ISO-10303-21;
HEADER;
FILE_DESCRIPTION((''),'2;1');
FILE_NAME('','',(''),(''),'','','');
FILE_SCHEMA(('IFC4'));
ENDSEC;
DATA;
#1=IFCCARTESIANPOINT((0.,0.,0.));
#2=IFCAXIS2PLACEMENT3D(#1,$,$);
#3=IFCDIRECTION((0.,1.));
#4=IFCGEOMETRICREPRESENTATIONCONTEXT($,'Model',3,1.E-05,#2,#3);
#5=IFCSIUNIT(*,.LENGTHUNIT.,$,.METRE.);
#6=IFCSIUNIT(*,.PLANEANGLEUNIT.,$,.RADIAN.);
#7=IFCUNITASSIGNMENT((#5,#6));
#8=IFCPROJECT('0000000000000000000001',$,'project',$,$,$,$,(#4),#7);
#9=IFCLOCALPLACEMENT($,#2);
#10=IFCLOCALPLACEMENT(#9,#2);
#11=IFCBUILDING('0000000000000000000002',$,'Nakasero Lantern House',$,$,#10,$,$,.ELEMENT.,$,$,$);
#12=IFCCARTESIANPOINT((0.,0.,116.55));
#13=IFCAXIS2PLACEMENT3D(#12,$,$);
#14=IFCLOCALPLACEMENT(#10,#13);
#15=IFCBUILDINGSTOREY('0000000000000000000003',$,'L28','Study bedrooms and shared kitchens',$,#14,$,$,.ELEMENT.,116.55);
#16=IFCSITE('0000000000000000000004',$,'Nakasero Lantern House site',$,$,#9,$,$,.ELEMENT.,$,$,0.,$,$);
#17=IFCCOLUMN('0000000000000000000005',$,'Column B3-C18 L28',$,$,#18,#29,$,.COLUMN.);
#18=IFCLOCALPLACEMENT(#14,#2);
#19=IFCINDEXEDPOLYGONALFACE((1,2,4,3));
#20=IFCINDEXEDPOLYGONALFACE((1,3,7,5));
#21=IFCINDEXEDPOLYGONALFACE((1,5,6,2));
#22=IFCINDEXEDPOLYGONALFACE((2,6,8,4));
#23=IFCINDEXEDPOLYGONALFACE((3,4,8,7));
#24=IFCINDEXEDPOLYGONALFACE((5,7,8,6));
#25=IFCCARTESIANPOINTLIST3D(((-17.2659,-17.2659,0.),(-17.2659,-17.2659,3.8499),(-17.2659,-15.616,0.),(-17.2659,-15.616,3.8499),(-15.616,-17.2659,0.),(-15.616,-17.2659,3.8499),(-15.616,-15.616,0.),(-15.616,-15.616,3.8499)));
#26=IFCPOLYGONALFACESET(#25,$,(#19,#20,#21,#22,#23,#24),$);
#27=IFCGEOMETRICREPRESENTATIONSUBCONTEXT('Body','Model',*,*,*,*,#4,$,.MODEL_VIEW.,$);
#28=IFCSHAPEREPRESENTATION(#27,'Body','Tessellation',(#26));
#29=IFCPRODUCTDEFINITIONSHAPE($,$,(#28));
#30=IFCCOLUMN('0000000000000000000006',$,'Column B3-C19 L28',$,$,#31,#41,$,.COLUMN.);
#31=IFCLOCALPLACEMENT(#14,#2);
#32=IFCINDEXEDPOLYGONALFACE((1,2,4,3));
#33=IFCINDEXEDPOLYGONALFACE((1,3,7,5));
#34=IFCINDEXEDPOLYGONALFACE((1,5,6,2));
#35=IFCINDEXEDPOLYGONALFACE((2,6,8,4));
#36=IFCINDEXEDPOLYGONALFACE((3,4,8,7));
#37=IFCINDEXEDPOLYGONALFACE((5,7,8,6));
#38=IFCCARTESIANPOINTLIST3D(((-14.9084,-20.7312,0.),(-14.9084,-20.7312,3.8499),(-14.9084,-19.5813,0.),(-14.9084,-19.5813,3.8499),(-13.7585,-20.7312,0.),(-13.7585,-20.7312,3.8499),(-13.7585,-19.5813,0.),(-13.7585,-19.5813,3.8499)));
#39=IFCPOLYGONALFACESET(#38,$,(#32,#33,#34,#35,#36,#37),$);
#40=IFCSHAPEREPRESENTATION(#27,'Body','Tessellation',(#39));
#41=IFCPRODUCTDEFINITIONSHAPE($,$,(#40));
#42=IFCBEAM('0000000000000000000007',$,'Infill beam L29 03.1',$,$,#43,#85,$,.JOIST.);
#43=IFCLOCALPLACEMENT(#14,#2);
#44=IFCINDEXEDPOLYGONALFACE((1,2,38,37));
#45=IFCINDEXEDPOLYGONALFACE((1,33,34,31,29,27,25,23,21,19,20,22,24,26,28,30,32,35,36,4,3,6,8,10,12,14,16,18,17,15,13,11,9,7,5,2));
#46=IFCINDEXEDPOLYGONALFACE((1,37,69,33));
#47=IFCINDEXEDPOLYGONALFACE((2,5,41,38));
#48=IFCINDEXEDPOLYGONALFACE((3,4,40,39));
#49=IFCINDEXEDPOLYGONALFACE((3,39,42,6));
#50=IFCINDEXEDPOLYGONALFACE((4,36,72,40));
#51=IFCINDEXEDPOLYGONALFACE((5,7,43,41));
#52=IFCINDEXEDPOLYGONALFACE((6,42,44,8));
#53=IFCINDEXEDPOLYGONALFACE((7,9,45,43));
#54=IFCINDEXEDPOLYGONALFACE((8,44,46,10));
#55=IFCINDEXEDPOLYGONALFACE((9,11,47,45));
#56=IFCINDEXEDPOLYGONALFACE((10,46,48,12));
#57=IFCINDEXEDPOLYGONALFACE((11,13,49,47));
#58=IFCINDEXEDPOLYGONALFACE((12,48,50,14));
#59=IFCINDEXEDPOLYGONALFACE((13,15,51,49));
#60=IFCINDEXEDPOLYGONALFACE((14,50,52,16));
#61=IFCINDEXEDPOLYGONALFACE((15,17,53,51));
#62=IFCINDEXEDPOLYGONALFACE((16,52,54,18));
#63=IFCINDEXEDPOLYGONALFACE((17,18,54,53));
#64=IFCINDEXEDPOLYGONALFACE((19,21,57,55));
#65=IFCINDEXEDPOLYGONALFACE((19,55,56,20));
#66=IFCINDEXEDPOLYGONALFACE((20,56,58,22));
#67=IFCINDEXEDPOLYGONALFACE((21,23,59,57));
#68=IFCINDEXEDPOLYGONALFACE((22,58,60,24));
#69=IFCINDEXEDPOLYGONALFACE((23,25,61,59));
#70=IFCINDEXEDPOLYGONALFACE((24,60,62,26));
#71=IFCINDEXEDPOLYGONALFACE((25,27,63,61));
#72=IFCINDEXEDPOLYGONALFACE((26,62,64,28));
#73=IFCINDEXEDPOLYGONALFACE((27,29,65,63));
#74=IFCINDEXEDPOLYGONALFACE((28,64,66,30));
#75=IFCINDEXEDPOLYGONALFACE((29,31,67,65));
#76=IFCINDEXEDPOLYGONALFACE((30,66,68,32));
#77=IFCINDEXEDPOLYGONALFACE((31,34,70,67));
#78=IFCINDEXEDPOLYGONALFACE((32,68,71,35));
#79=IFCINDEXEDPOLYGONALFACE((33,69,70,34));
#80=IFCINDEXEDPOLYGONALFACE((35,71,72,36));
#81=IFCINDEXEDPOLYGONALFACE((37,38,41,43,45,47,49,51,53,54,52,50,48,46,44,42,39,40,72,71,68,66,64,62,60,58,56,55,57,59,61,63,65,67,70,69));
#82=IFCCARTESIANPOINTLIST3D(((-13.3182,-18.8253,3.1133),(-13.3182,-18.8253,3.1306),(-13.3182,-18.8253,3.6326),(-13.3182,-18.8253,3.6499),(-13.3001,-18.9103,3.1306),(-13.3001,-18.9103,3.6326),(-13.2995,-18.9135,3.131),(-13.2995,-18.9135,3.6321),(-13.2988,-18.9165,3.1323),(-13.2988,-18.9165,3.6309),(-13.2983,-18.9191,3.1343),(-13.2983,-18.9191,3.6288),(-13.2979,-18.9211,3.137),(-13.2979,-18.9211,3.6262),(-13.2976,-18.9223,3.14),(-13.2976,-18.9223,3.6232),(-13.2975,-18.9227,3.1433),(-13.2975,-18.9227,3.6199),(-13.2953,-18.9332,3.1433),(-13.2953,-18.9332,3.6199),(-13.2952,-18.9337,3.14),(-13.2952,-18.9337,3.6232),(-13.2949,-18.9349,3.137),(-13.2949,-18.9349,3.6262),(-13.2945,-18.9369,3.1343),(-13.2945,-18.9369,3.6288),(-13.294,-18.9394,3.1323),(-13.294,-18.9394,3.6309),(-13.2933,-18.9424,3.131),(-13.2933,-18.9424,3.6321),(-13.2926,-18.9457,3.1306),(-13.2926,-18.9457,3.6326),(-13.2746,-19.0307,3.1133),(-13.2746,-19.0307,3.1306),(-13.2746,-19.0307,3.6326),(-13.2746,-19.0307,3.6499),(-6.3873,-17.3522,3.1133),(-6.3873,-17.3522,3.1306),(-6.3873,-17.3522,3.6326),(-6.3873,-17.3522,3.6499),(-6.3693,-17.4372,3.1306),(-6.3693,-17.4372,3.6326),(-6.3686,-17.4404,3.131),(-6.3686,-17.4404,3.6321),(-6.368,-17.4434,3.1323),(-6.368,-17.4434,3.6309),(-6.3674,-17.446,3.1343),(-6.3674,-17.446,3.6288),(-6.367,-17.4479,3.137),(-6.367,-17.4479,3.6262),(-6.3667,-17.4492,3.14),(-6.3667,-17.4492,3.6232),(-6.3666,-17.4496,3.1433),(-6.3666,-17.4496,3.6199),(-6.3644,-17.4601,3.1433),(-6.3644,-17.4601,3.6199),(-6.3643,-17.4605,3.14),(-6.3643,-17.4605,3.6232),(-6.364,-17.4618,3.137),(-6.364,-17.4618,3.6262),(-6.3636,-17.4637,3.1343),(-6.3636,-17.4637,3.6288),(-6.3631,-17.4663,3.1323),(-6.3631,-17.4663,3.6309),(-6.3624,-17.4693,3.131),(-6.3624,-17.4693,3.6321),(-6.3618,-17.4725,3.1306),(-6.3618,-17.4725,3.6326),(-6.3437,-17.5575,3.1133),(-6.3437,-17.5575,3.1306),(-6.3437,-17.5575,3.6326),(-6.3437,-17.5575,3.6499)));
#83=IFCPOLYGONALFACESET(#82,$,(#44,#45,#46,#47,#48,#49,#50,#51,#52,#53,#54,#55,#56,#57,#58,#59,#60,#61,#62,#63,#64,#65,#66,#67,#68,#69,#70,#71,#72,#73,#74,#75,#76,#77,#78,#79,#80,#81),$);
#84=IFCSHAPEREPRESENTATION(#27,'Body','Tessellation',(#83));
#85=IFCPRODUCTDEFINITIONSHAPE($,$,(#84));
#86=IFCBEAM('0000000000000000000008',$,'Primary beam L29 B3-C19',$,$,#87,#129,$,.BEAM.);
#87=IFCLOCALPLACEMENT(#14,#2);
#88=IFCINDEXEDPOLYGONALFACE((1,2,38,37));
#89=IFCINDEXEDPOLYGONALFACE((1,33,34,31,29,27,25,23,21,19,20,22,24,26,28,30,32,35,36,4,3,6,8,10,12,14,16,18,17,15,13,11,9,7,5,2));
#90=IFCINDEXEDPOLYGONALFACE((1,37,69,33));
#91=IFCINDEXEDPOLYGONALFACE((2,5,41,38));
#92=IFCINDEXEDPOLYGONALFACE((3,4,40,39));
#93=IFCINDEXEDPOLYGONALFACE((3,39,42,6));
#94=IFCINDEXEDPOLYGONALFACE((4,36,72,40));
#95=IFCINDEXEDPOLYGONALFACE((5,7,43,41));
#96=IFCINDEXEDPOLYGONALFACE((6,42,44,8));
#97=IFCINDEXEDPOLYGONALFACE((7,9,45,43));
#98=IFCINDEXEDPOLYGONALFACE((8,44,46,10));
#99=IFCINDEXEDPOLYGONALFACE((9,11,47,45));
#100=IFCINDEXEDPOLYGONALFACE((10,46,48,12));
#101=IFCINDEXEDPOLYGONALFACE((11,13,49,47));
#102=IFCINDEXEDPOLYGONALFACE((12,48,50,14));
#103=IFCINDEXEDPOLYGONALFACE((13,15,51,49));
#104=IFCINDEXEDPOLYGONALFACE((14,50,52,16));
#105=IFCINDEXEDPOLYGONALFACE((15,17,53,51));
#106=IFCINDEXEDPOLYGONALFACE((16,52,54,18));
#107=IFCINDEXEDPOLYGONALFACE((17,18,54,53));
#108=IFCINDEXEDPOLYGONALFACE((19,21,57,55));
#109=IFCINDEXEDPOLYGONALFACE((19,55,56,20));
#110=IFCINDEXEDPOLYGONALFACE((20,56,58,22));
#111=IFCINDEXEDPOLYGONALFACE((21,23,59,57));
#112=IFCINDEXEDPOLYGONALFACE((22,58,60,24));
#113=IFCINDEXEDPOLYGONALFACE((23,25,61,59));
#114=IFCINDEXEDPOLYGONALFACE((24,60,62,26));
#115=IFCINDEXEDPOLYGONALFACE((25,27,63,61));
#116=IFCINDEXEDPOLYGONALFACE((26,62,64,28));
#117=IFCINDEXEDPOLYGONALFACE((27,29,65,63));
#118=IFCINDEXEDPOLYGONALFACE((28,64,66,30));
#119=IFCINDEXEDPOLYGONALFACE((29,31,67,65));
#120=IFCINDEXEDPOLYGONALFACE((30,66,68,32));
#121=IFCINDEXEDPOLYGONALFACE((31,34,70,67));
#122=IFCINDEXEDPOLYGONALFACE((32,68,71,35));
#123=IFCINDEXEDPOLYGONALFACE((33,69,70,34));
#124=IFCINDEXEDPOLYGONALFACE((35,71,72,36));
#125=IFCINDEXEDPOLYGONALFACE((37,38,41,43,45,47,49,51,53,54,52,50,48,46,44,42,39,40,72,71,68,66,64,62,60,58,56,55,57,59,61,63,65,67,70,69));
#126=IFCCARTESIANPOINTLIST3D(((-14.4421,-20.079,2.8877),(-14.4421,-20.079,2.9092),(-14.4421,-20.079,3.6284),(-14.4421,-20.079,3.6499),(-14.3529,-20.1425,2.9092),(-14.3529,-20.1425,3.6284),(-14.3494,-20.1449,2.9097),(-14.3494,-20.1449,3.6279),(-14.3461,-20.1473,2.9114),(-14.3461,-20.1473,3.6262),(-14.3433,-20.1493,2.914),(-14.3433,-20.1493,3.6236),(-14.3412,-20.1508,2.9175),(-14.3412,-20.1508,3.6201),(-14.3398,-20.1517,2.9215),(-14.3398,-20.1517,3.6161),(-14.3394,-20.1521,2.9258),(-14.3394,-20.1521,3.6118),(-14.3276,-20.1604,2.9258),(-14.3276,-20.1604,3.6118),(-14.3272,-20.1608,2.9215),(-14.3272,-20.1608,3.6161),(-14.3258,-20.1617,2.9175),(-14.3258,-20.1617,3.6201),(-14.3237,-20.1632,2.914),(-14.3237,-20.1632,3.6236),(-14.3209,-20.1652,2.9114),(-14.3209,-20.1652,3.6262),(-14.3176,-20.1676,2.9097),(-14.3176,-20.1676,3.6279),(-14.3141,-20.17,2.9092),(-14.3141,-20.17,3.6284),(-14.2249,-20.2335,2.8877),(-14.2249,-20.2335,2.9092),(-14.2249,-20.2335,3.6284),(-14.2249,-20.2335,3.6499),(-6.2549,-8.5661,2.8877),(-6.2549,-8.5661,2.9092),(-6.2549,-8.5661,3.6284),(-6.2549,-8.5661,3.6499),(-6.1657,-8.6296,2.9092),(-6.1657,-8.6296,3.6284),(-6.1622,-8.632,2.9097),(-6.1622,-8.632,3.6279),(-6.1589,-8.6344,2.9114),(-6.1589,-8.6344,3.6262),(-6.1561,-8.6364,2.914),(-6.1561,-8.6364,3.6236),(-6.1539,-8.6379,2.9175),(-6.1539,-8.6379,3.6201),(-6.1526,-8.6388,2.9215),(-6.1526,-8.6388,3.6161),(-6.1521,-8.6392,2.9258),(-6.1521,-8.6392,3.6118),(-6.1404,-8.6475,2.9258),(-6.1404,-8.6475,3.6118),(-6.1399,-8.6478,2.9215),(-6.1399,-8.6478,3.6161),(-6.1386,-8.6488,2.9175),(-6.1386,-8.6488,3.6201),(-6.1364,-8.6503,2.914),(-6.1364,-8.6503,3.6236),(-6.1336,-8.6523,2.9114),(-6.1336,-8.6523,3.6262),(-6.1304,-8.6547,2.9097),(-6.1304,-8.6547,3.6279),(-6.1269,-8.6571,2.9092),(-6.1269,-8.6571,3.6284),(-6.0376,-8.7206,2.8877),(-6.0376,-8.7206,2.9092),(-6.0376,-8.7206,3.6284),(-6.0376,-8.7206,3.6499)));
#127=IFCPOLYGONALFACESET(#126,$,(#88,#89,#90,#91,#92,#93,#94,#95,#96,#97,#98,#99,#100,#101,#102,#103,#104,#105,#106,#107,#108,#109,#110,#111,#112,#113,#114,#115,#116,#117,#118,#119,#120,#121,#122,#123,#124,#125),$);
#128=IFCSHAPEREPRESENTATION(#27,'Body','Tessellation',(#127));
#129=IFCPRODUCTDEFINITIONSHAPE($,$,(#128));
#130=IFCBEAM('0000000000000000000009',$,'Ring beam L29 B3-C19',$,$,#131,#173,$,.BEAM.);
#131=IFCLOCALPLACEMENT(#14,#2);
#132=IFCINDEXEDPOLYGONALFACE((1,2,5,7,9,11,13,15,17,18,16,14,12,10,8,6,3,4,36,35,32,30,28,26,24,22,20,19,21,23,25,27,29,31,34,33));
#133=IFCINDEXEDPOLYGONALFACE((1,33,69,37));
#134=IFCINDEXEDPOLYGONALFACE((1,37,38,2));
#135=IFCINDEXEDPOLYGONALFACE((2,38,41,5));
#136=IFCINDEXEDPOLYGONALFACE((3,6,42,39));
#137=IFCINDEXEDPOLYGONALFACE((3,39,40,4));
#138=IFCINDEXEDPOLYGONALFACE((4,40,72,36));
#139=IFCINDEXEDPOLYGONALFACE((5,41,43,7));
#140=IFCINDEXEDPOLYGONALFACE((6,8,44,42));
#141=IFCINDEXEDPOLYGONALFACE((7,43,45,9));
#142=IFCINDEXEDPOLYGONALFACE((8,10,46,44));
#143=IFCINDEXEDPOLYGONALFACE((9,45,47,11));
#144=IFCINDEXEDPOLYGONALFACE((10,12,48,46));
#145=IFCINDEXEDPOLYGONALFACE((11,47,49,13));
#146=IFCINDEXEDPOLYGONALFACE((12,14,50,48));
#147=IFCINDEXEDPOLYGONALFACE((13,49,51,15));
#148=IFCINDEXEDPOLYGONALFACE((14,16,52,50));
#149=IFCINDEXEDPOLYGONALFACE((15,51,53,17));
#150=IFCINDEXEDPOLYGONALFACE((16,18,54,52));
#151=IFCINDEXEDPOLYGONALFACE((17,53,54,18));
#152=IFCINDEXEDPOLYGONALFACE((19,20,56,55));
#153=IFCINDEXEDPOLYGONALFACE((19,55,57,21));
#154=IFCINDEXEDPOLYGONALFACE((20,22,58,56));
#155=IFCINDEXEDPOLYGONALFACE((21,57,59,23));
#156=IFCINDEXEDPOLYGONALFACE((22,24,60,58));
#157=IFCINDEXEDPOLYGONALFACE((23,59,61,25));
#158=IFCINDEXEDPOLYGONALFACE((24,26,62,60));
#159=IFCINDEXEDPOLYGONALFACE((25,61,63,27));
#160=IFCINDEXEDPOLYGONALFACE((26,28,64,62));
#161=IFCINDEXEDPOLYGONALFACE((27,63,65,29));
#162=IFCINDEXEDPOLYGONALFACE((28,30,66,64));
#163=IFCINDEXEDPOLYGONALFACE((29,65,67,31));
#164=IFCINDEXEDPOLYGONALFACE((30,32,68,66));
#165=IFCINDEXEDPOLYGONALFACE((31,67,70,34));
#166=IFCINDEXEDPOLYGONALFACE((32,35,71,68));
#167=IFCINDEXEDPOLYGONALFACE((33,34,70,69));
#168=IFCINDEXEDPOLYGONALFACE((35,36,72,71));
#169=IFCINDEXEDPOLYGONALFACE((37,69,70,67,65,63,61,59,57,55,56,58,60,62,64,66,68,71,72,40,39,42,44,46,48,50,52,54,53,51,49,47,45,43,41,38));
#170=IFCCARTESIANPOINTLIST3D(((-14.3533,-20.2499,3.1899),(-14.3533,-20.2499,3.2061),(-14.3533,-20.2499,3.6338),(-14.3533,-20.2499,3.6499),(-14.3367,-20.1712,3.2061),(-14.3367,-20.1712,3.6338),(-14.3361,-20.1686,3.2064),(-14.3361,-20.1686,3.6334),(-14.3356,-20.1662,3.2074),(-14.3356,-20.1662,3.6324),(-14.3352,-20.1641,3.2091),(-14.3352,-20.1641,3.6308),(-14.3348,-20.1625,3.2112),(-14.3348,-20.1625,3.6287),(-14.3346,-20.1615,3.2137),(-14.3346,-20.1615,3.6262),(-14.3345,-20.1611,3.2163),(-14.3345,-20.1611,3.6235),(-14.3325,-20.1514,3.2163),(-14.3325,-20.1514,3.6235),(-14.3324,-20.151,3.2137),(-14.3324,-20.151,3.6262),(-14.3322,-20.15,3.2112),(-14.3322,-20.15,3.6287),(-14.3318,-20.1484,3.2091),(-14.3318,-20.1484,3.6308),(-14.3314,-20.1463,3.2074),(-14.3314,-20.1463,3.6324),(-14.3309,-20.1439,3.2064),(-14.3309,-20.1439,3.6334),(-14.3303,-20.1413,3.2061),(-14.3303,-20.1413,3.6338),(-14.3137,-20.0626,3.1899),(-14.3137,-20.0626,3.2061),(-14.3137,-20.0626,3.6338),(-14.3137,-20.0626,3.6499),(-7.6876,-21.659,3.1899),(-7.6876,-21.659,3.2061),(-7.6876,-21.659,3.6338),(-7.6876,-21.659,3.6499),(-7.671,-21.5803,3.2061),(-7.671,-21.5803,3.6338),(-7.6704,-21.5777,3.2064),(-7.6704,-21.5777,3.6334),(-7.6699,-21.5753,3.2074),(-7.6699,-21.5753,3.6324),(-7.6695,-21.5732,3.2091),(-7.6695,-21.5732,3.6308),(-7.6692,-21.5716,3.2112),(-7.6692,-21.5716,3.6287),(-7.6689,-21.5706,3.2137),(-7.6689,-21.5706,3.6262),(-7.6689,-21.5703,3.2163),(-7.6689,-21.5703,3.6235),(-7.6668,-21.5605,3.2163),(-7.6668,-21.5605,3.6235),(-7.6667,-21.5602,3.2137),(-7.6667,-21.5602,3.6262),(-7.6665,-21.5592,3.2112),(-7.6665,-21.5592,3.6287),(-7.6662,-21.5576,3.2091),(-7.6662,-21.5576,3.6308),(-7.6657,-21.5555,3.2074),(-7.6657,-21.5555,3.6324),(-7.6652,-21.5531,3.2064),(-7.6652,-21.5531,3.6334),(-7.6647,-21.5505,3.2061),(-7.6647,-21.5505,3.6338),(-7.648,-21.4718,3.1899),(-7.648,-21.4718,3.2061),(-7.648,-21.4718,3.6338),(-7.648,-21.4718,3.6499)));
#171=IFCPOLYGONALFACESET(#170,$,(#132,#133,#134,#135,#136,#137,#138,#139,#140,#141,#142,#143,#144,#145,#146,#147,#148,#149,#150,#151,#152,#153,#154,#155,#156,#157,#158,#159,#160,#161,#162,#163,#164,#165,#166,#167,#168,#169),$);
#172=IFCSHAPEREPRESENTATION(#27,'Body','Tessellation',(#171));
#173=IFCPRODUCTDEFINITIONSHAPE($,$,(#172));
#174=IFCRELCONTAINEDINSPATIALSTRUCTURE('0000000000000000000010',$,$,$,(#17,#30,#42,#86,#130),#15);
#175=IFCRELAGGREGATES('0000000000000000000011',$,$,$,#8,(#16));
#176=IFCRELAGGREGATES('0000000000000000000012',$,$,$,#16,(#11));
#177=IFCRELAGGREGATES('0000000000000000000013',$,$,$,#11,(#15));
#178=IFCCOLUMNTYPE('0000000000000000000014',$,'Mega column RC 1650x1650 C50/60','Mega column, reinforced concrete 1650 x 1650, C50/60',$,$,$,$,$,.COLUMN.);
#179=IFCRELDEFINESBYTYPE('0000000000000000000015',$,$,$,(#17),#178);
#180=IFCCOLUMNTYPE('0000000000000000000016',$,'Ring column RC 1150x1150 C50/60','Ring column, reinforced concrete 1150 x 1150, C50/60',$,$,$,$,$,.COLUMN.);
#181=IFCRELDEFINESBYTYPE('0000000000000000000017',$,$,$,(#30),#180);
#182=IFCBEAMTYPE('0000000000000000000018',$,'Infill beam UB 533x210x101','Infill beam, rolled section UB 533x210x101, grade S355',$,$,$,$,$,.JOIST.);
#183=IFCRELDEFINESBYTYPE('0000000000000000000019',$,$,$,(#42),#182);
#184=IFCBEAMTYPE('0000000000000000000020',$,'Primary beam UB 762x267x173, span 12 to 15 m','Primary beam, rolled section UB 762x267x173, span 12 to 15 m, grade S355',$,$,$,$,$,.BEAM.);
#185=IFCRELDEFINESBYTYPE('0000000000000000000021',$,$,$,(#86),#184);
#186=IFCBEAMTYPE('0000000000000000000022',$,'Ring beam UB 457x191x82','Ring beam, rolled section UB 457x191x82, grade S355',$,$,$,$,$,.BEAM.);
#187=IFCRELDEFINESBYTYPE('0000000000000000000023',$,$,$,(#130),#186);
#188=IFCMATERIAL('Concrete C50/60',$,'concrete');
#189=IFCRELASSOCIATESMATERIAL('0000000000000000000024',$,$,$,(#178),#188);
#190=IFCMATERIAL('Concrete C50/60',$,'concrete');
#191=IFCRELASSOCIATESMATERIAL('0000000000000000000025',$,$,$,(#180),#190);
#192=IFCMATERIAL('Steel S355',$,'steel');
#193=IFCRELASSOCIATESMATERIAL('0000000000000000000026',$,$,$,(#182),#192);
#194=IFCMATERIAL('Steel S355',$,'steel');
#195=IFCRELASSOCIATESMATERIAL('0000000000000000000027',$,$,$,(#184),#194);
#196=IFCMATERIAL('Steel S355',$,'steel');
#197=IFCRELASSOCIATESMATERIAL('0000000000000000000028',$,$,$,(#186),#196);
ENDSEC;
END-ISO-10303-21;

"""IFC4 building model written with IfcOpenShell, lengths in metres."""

from ifc_helpers import new_model, si_unit, direction, frame, origin, origin_2d, place, context, subcontext, project, spatial, rectangle, i_section, extrude, material, material_profile, profile_set, type_object, element, save


model = new_model("IFC4")

# Units and contexts
model_context = context("Model", 3, precision=1e-05, world=origin(), true_north=direction((0.0, 1.0)))
body_context = subcontext(model_context, "Body", "Model", "MODEL_VIEW")
ifc_project = project(units=[si_unit("LENGTHUNIT", "METRE"), si_unit("PLANEANGLEUNIT", "RADIAN")], contexts=[model_context])

# Site, building, storey
site_placement = place(None, origin())
site = spatial("IfcSite", under=ifc_project, at=site_placement, Name="Nakasero Lantern House site", CompositionType="ELEMENT", RefElevation=0.0)
building_placement = place(site_placement, origin())
building = spatial("IfcBuilding", under=site, at=building_placement, Name="Nakasero Lantern House", CompositionType="ELEMENT")
storey_placement = place(building_placement, frame((0.0, 0.0, 116.55)))
storey = spatial("IfcBuildingStorey", under=building, at=storey_placement, Name="L28", Description="Study bedrooms and shared kitchens", CompositionType="ELEMENT", Elevation=116.55)

# Columns
ifc_material_1 = material(Name="Concrete C50/60", Category="concrete")
ifc_material_profile_1 = material_profile(ifc_material_1, rectangle(XDim=1.6499, YDim=1.6499, at=origin_2d()), Name="RC 1650x1650")
ifc_profile_set_1 = profile_set([ifc_material_profile_1], Name="Concrete C50/60")
column_type_1 = type_object("IfcColumnType", Name="Mega column RC 1650x1650 C50/60", Description="Mega column, reinforced concrete 1650 x 1650, C50/60", PredefinedType="COLUMN", material=ifc_profile_set_1)
column_1_placement = place(storey_placement, frame((-16.4409, -16.4409, 0.0), z_axis=(0.0, 0.0, 1.0), x_axis=(1.0, 0.0, 0.0)))
element("IfcColumn", 1, at=column_1_placement, inside=storey, type_object=column_type_1, Name="Column B3-C18 L28", PredefinedType="COLUMN", context=body_context, shape_type="SweptSolid", body=[
    extrude(rectangle(XDim=1.6499, YDim=1.6499, at=origin_2d()), origin(), (0.0, 0.0, 1.0), 3.8499),
])
ifc_material_2 = material(Name="Concrete C50/60", Category="concrete")
ifc_material_profile_2 = material_profile(ifc_material_2, rectangle(XDim=1.1499, YDim=1.1499, at=origin_2d()), Name="RC 1150x1150")
ifc_profile_set_2 = profile_set([ifc_material_profile_2], Name="Concrete C50/60")
column_type_2 = type_object("IfcColumnType", Name="Ring column RC 1150x1150 C50/60", Description="Ring column, reinforced concrete 1150 x 1150, C50/60", PredefinedType="COLUMN", material=ifc_profile_set_2)
column_2_placement = place(storey_placement, frame((-14.3335, -20.1562, 0.0), z_axis=(0.0, 0.0, 1.0), x_axis=(1.0, 0.0, 0.0)))
element("IfcColumn", 2, at=column_2_placement, inside=storey, type_object=column_type_2, Name="Column B3-C19 L28", PredefinedType="COLUMN", context=body_context, shape_type="SweptSolid", body=[
    extrude(rectangle(XDim=1.1499, YDim=1.1499, at=origin_2d()), origin(), (0.0, 0.0, 1.0), 3.8499),
])

# Beams
ifc_material_3 = material(Name="Steel S355", Category="steel")
ifc_material_profile_3 = material_profile(ifc_material_3, i_section(OverallWidth=0.21, OverallDepth=0.5366, WebThickness=0.0107, FlangeThickness=0.0173, FilletRadius=0.0127, at=origin_2d()), Name="UB 533x210x101")
ifc_profile_set_3 = profile_set([ifc_material_profile_3], Name="Steel S355")
beam_type_1 = type_object("IfcBeamType", Name="Infill beam UB 533x210x101", Description="Infill beam, rolled section UB 533x210x101, grade S355", PredefinedType="JOIST", material=ifc_profile_set_3)
beam_1_placement = place(storey_placement, frame((-13.2964, -18.928, 3.3816), z_axis=(0.978149, 0.207903, 0.0), x_axis=(-0.207903, 0.978149, 0.0)))
element("IfcBeam", 3, at=beam_1_placement, inside=storey, type_object=beam_type_1, Name="Infill beam L29 03.1", PredefinedType="JOIST", context=body_context, shape_type="SweptSolid", body=[
    extrude(i_section(OverallWidth=0.21, OverallDepth=0.5366, WebThickness=0.0107, FlangeThickness=0.0173, FilletRadius=0.0127, at=origin_2d()), origin(), (0.0, 0.0, 1.0), 7.0857),
])
ifc_material_4 = material(Name="Steel S355", Category="steel")
ifc_material_profile_4 = material_profile(ifc_material_4, i_section(OverallWidth=0.2666, OverallDepth=0.7622, WebThickness=0.0144, FlangeThickness=0.0215, FilletRadius=0.0166, at=origin_2d()), Name="UB 762x267x173")
ifc_profile_set_4 = profile_set([ifc_material_profile_4], Name="Steel S355")
beam_type_2 = type_object("IfcBeamType", Name="Primary beam UB 762x267x173, span 12 to 15 m", Description="Primary beam, rolled section UB 762x267x173, span 12 to 15 m, grade S355", PredefinedType="BEAM", material=ifc_profile_set_4)
beam_2_placement = place(storey_placement, frame((-14.3335, -20.1562, 3.2688), z_axis=(0.579537, 0.814946, 0.0), x_axis=(-0.814946, 0.579537, 0.0)))
element("IfcBeam", 4, at=beam_2_placement, inside=storey, type_object=beam_type_2, Name="Primary beam L29 B3-C19", PredefinedType="BEAM", context=body_context, shape_type="SweptSolid", body=[
    extrude(i_section(OverallWidth=0.2666, OverallDepth=0.7622, WebThickness=0.0144, FlangeThickness=0.0215, FilletRadius=0.0166, at=origin_2d()), origin(), (0.0, 0.0, 1.0), 14.1272),
])
ifc_material_5 = material(Name="Steel S355", Category="steel")
ifc_material_profile_5 = material_profile(ifc_material_5, i_section(OverallWidth=0.1914, OverallDepth=0.46, WebThickness=0.01, FlangeThickness=0.0161, FilletRadius=0.0103, at=origin_2d()), Name="UB 457x191x82")
ifc_profile_set_5 = profile_set([ifc_material_profile_5], Name="Steel S355")
beam_type_3 = type_object("IfcBeamType", Name="Ring beam UB 457x191x82", Description="Ring beam, rolled section UB 457x191x82, grade S355", PredefinedType="BEAM", material=ifc_profile_set_5)
beam_3_placement = place(storey_placement, frame((-14.3335, -20.1562, 3.4199), z_axis=(0.978376, -0.206834, 0.0), x_axis=(0.206834, 0.978376, 0.0)))
element("IfcBeam", 5, at=beam_3_placement, inside=storey, type_object=beam_type_3, Name="Ring beam L29 B3-C19", PredefinedType="BEAM", context=body_context, shape_type="SweptSolid", body=[
    extrude(i_section(OverallWidth=0.1914, OverallDepth=0.46, WebThickness=0.01, FlangeThickness=0.0161, FilletRadius=0.0103, at=origin_2d()), origin(), (0.0, 0.0, 1.0), 6.813),
])

save(model, "model.ifc")
